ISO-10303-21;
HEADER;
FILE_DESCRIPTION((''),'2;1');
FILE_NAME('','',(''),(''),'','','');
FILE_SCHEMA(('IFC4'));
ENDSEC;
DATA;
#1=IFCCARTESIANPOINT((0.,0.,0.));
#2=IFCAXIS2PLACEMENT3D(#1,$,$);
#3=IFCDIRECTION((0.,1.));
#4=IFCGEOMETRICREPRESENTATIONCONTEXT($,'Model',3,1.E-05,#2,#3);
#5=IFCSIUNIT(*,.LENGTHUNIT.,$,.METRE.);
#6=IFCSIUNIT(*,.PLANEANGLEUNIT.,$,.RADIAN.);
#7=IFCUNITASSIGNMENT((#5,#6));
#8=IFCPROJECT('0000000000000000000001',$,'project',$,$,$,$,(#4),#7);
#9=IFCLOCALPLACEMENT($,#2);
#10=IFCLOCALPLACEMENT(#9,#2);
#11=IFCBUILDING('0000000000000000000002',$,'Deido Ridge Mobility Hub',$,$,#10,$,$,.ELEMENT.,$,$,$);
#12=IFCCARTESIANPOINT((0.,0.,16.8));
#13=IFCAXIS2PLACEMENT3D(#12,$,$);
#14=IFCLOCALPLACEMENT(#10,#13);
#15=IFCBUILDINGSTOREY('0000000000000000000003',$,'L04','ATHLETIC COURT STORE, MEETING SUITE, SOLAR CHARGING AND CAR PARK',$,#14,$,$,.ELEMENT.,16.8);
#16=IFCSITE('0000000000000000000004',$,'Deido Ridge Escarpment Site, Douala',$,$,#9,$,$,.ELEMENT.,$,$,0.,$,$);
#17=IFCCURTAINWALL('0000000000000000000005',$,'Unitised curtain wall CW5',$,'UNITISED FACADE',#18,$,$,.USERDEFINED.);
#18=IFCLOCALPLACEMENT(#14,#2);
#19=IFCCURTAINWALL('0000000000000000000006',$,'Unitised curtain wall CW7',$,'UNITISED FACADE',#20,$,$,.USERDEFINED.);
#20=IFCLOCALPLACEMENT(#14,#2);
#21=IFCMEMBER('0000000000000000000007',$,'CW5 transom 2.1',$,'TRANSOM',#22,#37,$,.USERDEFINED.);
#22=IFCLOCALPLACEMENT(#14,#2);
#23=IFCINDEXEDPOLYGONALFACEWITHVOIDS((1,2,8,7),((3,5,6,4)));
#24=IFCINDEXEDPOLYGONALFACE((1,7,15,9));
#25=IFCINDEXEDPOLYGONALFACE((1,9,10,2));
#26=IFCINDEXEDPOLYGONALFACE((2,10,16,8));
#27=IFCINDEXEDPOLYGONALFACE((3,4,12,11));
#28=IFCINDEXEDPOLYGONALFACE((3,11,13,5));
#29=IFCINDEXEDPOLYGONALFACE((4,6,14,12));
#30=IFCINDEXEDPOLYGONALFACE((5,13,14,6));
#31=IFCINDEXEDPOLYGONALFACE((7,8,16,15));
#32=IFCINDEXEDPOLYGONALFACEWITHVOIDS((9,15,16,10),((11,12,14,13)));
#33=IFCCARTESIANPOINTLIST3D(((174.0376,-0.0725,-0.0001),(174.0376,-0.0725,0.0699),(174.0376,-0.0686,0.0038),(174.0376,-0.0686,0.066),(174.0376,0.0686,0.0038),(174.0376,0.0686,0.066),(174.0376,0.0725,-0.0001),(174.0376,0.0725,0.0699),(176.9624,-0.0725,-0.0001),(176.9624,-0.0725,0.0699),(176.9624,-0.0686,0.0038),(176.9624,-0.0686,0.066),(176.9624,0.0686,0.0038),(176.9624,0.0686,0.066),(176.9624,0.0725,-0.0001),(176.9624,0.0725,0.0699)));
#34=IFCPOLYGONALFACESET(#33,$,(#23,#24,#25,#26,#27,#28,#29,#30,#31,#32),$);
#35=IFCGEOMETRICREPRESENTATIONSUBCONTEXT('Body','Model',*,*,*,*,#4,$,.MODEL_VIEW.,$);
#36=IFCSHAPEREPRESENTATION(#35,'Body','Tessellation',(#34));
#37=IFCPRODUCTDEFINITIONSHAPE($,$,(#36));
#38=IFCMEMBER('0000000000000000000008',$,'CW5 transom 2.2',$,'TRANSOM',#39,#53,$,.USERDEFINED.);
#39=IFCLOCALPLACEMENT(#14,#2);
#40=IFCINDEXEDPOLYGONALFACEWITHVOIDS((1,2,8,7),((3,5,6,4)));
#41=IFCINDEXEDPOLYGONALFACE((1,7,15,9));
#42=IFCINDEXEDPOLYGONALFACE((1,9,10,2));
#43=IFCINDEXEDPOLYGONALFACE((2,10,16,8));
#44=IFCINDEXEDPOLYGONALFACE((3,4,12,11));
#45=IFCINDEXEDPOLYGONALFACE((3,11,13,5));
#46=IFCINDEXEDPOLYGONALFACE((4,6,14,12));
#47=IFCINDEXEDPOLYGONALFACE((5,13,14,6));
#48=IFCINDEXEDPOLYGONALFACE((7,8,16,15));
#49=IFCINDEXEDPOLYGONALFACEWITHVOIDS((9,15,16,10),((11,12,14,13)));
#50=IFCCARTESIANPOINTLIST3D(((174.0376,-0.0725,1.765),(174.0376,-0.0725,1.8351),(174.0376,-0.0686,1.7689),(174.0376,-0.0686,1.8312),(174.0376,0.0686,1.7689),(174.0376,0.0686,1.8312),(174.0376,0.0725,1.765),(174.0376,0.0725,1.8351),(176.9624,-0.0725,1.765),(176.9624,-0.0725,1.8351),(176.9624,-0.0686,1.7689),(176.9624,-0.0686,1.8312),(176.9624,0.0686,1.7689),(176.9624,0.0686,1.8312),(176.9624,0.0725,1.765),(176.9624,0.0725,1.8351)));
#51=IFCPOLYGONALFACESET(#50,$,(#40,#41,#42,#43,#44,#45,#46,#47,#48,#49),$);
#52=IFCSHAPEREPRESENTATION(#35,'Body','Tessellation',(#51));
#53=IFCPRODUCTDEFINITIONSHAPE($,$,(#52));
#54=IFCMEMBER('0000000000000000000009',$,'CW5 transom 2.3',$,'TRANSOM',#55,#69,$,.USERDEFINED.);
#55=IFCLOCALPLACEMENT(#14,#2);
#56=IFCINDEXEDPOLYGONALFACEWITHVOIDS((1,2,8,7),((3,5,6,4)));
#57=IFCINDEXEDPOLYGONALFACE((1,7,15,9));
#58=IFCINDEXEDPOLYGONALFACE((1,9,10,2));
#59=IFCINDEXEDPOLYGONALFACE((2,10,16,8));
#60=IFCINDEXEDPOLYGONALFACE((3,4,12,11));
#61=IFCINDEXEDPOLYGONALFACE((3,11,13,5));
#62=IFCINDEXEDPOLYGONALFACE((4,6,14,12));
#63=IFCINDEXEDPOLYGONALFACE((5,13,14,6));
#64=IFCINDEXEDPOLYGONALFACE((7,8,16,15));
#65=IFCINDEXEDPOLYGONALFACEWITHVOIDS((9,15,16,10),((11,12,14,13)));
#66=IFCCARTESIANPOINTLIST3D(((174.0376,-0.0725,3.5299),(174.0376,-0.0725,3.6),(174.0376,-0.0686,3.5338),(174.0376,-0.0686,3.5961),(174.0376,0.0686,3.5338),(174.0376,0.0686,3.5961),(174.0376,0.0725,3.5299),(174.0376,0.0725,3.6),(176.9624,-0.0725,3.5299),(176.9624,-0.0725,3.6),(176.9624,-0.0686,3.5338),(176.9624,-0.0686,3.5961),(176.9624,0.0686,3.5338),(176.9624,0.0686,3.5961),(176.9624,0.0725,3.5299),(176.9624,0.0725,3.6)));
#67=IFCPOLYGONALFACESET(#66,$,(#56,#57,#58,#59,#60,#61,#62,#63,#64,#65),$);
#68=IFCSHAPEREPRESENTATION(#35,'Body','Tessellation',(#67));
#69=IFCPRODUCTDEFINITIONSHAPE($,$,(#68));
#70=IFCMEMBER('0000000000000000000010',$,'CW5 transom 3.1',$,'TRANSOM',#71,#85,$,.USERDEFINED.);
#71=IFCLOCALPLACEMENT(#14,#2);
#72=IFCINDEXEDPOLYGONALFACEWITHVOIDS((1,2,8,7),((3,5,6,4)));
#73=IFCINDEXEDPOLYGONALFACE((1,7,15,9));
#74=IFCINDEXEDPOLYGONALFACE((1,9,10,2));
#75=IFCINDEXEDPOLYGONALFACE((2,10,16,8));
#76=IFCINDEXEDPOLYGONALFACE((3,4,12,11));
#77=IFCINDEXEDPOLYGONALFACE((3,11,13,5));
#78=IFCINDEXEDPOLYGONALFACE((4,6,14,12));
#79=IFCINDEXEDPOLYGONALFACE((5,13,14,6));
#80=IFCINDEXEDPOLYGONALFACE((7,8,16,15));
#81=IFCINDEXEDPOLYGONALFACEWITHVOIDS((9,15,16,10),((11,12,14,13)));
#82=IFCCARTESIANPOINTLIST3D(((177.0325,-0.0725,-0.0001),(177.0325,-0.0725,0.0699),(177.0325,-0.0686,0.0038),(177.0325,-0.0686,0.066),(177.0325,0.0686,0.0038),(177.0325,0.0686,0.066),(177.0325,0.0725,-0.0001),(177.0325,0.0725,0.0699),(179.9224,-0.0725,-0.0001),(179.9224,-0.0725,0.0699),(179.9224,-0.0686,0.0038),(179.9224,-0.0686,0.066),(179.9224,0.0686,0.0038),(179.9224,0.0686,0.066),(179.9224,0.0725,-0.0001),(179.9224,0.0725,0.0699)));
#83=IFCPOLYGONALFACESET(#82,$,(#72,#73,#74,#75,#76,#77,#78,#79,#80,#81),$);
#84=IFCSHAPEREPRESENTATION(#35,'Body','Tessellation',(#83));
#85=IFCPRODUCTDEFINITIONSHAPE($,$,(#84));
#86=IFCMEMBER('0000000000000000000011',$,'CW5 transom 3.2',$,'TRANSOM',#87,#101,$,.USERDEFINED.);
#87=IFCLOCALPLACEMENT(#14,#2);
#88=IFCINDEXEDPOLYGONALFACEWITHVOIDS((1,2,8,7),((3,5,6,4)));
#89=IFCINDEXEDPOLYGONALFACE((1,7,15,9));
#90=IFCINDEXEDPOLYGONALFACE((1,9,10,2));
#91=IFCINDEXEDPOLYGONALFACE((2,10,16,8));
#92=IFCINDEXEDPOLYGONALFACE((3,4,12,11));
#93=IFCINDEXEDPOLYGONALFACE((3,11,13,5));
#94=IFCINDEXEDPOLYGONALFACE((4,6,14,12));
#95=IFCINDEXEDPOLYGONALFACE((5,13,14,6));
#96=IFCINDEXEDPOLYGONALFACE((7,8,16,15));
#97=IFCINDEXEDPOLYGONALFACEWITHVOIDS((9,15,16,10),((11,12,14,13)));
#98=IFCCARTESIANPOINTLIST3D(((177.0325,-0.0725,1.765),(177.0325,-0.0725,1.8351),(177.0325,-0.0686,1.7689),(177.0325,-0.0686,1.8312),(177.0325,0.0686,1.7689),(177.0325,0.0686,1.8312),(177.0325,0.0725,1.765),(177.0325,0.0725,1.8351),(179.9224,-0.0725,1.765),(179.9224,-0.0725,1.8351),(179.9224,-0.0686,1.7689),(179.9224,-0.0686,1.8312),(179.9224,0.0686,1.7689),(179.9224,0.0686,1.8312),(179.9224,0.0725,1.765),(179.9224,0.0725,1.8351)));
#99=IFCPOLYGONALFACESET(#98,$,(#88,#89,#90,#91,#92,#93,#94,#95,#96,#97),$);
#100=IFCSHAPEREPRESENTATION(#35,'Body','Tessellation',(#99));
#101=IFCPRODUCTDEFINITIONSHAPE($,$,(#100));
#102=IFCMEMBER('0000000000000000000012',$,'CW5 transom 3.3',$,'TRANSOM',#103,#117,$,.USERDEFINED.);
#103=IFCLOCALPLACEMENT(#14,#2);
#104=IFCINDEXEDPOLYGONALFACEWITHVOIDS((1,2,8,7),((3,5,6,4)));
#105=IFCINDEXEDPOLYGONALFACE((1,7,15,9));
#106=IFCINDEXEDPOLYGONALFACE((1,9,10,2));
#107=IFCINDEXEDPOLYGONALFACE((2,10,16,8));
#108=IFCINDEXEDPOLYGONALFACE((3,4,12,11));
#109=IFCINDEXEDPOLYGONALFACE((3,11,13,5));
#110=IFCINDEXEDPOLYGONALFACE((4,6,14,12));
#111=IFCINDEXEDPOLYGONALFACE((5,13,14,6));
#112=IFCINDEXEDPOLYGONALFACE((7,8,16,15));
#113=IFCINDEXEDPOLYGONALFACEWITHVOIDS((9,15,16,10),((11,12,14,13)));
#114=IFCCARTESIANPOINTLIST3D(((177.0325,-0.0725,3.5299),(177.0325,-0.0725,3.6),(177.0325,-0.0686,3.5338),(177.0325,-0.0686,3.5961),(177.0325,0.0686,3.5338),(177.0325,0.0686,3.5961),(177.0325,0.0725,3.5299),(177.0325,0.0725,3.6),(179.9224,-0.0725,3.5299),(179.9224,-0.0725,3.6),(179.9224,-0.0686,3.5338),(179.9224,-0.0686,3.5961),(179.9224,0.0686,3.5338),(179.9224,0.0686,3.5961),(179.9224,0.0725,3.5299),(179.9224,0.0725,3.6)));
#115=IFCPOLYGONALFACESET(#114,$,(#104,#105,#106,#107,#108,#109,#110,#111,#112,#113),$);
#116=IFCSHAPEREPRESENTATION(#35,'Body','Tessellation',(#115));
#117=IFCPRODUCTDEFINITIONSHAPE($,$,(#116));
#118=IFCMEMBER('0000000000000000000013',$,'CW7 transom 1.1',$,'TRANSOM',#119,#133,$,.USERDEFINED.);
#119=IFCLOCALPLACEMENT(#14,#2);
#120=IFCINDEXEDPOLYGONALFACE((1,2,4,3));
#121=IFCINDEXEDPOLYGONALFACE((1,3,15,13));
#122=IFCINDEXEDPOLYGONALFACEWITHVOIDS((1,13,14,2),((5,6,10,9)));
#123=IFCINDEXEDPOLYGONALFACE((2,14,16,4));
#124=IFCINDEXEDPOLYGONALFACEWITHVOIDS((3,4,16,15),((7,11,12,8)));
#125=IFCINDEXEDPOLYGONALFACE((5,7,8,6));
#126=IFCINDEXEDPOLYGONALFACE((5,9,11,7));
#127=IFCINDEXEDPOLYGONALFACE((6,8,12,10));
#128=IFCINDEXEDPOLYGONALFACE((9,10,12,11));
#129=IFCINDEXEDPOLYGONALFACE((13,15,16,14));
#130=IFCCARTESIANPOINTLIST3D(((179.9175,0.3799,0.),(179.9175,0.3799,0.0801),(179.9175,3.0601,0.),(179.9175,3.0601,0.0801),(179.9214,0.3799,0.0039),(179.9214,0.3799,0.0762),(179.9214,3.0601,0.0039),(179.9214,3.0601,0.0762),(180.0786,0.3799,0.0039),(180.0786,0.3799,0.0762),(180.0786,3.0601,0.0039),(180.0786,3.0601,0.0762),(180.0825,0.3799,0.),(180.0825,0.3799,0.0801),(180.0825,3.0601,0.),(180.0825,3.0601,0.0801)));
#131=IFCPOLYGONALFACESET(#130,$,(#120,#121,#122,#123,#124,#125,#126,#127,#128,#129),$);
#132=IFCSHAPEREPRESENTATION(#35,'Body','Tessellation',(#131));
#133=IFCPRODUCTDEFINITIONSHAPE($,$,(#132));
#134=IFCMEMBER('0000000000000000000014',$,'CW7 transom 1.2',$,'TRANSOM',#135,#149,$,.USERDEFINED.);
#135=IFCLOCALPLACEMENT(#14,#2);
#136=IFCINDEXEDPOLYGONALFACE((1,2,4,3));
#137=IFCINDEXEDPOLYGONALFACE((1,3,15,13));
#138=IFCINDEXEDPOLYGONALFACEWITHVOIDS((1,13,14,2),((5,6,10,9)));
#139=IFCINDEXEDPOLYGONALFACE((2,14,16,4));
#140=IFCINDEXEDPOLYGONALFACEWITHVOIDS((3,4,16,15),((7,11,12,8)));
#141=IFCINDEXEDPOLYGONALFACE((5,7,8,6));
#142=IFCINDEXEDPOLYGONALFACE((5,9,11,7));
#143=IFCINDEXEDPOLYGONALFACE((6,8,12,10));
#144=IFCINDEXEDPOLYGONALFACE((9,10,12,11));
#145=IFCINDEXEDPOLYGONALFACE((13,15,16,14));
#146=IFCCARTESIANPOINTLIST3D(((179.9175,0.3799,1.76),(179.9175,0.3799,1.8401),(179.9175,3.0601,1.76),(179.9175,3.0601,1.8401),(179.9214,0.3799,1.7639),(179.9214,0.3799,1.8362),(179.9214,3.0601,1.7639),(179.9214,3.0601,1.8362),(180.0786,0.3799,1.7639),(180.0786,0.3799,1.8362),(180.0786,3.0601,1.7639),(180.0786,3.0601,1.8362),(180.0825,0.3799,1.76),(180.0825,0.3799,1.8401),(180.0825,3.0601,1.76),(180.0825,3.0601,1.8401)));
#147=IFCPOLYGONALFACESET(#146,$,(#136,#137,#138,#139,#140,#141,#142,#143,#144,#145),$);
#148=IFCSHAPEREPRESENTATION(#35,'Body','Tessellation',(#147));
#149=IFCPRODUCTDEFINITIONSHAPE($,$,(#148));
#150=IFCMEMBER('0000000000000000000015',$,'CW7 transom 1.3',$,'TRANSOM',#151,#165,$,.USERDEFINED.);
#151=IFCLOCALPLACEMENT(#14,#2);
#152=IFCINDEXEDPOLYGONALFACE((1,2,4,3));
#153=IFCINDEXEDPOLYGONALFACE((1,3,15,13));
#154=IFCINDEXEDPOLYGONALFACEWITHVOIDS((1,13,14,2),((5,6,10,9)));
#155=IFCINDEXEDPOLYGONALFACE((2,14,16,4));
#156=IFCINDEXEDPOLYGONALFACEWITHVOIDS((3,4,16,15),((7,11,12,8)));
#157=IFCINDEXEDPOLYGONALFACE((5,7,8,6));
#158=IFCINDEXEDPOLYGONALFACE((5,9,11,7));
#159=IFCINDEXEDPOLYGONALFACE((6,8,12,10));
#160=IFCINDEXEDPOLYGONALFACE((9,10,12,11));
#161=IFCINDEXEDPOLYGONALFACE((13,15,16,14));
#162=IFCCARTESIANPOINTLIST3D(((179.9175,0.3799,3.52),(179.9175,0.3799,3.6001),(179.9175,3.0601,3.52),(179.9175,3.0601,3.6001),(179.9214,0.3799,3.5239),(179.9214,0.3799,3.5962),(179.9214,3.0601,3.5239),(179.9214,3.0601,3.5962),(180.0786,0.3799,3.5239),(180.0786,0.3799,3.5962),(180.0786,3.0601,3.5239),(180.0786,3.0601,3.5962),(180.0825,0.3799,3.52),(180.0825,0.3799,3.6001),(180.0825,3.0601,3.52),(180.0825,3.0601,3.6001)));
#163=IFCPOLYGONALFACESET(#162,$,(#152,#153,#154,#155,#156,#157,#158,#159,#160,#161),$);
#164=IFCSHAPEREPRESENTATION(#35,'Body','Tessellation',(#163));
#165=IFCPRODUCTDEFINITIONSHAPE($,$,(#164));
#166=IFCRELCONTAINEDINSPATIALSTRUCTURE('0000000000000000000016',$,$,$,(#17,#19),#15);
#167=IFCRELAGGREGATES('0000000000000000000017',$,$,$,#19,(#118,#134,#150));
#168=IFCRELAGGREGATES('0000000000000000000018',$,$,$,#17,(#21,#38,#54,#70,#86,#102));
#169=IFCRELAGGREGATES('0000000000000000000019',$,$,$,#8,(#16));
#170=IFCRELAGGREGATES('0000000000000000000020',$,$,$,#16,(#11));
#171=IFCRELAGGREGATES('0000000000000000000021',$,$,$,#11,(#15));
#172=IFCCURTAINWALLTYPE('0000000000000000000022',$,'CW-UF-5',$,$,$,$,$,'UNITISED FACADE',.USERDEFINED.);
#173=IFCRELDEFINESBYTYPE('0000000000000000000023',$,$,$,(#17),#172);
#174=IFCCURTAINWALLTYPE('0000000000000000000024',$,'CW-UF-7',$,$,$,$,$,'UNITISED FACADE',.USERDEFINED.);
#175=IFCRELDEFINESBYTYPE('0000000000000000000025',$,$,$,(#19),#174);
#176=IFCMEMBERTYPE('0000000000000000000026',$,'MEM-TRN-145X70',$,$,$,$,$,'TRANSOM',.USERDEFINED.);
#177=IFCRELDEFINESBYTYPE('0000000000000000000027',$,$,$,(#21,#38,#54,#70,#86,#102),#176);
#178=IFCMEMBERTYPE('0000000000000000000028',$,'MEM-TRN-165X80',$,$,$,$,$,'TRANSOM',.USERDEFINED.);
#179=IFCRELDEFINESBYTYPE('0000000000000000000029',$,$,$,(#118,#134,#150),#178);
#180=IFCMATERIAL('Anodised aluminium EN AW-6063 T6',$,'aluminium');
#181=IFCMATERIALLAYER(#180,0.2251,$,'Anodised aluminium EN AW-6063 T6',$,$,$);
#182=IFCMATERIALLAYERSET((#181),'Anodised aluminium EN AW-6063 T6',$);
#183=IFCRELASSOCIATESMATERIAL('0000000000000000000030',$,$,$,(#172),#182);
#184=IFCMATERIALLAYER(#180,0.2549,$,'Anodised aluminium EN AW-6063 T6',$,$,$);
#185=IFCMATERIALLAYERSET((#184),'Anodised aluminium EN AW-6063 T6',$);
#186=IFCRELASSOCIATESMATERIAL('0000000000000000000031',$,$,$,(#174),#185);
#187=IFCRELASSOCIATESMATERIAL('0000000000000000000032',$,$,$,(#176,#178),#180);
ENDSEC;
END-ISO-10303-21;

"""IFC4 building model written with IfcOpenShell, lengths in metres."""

from ifc_helpers import new_model, si_unit, direction, frame, origin, origin_2d, place, context, subcontext, project, spatial, hollow_rectangle, extrude, material, layer, layer_set, material_profile, profile_set, type_object, element, aggregate, save


model = new_model("IFC4")

# Units and contexts
model_context = context("Model", 3, precision=1e-05, world=origin(), true_north=direction((0.0, 1.0)))
body_context = subcontext(model_context, "Body", "Model", "MODEL_VIEW")
ifc_project = project(units=[si_unit("LENGTHUNIT", "METRE"), si_unit("PLANEANGLEUNIT", "RADIAN")], contexts=[model_context])

# Site, building, storey
site_placement = place(None, origin())
site = spatial("IfcSite", under=ifc_project, at=site_placement, Name="Deido Ridge Escarpment Site, Douala", CompositionType="ELEMENT", RefElevation=0.0)
building_placement = place(site_placement, origin())
building = spatial("IfcBuilding", under=site, at=building_placement, Name="Deido Ridge Mobility Hub", CompositionType="ELEMENT")
storey_placement = place(building_placement, frame((0.0, 0.0, 16.8)))
storey = spatial("IfcBuildingStorey", under=building, at=storey_placement, Name="L04", Description="ATHLETIC COURT STORE, MEETING SUITE, SOLAR CHARGING AND CAR PARK", CompositionType="ELEMENT", Elevation=16.8)

# Curtain wall
ifc_material_1 = material(Name="Anodised aluminium EN AW-6063 T6", Category="aluminium")
ifc_layer_1 = layer(ifc_material_1, 0.2251, Name="Anodised aluminium EN AW-6063 T6")
ifc_layer_set_1 = layer_set([ifc_layer_1], Name="Anodised aluminium EN AW-6063 T6")
curtain_wall_type_1 = type_object("IfcCurtainWallType", Name="CW-UF-5", ElementType="UNITISED FACADE", PredefinedType="USERDEFINED", material=ifc_layer_set_1)
curtain_wall_1_placement = place(storey_placement, origin())
curtain_wall_1 = element("IfcCurtainWall", 1, at=curtain_wall_1_placement, inside=storey, type_object=curtain_wall_type_1, Name="Unitised curtain wall CW5", ObjectType="UNITISED FACADE", PredefinedType="USERDEFINED")

# Curtain wall
ifc_layer_2 = layer(ifc_material_1, 0.2549, Name="Anodised aluminium EN AW-6063 T6")
ifc_layer_set_2 = layer_set([ifc_layer_2], Name="Anodised aluminium EN AW-6063 T6")
curtain_wall_type_2 = type_object("IfcCurtainWallType", Name="CW-UF-7", ElementType="UNITISED FACADE", PredefinedType="USERDEFINED", material=ifc_layer_set_2)
curtain_wall_2_placement = place(storey_placement, origin())
curtain_wall_2 = element("IfcCurtainWall", 2, at=curtain_wall_2_placement, inside=storey, type_object=curtain_wall_type_2, Name="Unitised curtain wall CW7", ObjectType="UNITISED FACADE", PredefinedType="USERDEFINED")

# Members
ifc_material_profile_1 = material_profile(ifc_material_1, hollow_rectangle(XDim=0.145, YDim=0.0701, WallThickness=0.0039, at=origin_2d()), Name="RHS 145x70x4")
ifc_profile_set_1 = profile_set([ifc_material_profile_1], Name="Anodised aluminium EN AW-6063 T6")
member_type_1 = type_object("IfcMemberType", Name="MEM-TRN-145X70", ElementType="TRANSOM", PredefinedType="USERDEFINED", material=ifc_profile_set_1)
member_1_placement = place(storey_placement, frame((174.0376, 0.0, 0.0349), z_axis=(1.0, 0.0, 0.0), x_axis=(0.0, 1.0, 0.0)))
member_1 = element("IfcMember", 3, at=member_1_placement, type_object=member_type_1, Name="CW5 transom 2.1", ObjectType="TRANSOM", PredefinedType="USERDEFINED", context=body_context, shape_type="SweptSolid", body=[
    extrude(hollow_rectangle(XDim=0.145, YDim=0.0701, WallThickness=0.0039, at=origin_2d()), origin(), (0.0, 0.0, 1.0), 2.9248),
])
member_2_placement = place(storey_placement, frame((174.0376, 0.0, 1.8), z_axis=(1.0, 0.0, 0.0), x_axis=(0.0, 1.0, 0.0)))
member_2 = element("IfcMember", 4, at=member_2_placement, type_object=member_type_1, Name="CW5 transom 2.2", ObjectType="TRANSOM", PredefinedType="USERDEFINED", context=body_context, shape_type="SweptSolid", body=[
    extrude(hollow_rectangle(XDim=0.145, YDim=0.0701, WallThickness=0.0039, at=origin_2d()), origin(), (0.0, 0.0, 1.0), 2.9248),
])
member_3_placement = place(storey_placement, frame((174.0376, 0.0, 3.5649), z_axis=(1.0, 0.0, 0.0), x_axis=(0.0, 1.0, 0.0)))
member_3 = element("IfcMember", 5, at=member_3_placement, type_object=member_type_1, Name="CW5 transom 2.3", ObjectType="TRANSOM", PredefinedType="USERDEFINED", context=body_context, shape_type="SweptSolid", body=[
    extrude(hollow_rectangle(XDim=0.145, YDim=0.0701, WallThickness=0.0039, at=origin_2d()), origin(), (0.0, 0.0, 1.0), 2.9248),
])
member_4_placement = place(storey_placement, frame((177.0325, 0.0, 0.0349), z_axis=(1.0, 0.0, 0.0), x_axis=(0.0, 1.0, 0.0)))
member_4 = element("IfcMember", 6, at=member_4_placement, type_object=member_type_1, Name="CW5 transom 3.1", ObjectType="TRANSOM", PredefinedType="USERDEFINED", context=body_context, shape_type="SweptSolid", body=[
    extrude(hollow_rectangle(XDim=0.145, YDim=0.0701, WallThickness=0.0039, at=origin_2d()), origin(), (0.0, 0.0, 1.0), 2.8899),
])
member_5_placement = place(storey_placement, frame((177.0325, 0.0, 1.8), z_axis=(1.0, 0.0, 0.0), x_axis=(0.0, 1.0, 0.0)))
member_5 = element("IfcMember", 7, at=member_5_placement, type_object=member_type_1, Name="CW5 transom 3.2", ObjectType="TRANSOM", PredefinedType="USERDEFINED", context=body_context, shape_type="SweptSolid", body=[
    extrude(hollow_rectangle(XDim=0.145, YDim=0.0701, WallThickness=0.0039, at=origin_2d()), origin(), (0.0, 0.0, 1.0), 2.8899),
])
member_6_placement = place(storey_placement, frame((177.0325, 0.0, 3.5649), z_axis=(1.0, 0.0, 0.0), x_axis=(0.0, 1.0, 0.0)))
member_6 = element("IfcMember", 8, at=member_6_placement, type_object=member_type_1, Name="CW5 transom 3.3", ObjectType="TRANSOM", PredefinedType="USERDEFINED", context=body_context, shape_type="SweptSolid", body=[
    extrude(hollow_rectangle(XDim=0.145, YDim=0.0701, WallThickness=0.0039, at=origin_2d()), origin(), (0.0, 0.0, 1.0), 2.8899),
])
ifc_material_profile_2 = material_profile(ifc_material_1, hollow_rectangle(XDim=0.165, YDim=0.0801, WallThickness=0.0039, at=origin_2d()), Name="RHS 165x80x4")
ifc_profile_set_2 = profile_set([ifc_material_profile_2], Name="Anodised aluminium EN AW-6063 T6")
member_type_2 = type_object("IfcMemberType", Name="MEM-TRN-165X80", ElementType="TRANSOM", PredefinedType="USERDEFINED", material=ifc_profile_set_2)
member_7_placement = place(storey_placement, frame((180.0, 0.3799, 0.04), z_axis=(0.0, 1.0, 0.0), x_axis=(-1.0, 0.0, 0.0)))
member_7 = element("IfcMember", 9, at=member_7_placement, type_object=member_type_2, Name="CW7 transom 1.1", ObjectType="TRANSOM", PredefinedType="USERDEFINED", context=body_context, shape_type="SweptSolid", body=[
    extrude(hollow_rectangle(XDim=0.165, YDim=0.0801, WallThickness=0.0039, at=origin_2d()), origin(), (0.0, 0.0, 1.0), 2.6802),
])
member_8_placement = place(storey_placement, frame((180.0, 0.3799, 1.8), z_axis=(0.0, 1.0, 0.0), x_axis=(-1.0, 0.0, 0.0)))
member_8 = element("IfcMember", 10, at=member_8_placement, type_object=member_type_2, Name="CW7 transom 1.2", ObjectType="TRANSOM", PredefinedType="USERDEFINED", context=body_context, shape_type="SweptSolid", body=[
    extrude(hollow_rectangle(XDim=0.165, YDim=0.0801, WallThickness=0.0039, at=origin_2d()), origin(), (0.0, 0.0, 1.0), 2.6802),
])
member_9_placement = place(storey_placement, frame((180.0, 0.3799, 3.5601), z_axis=(0.0, 1.0, 0.0), x_axis=(-1.0, 0.0, 0.0)))
member_9 = element("IfcMember", 11, at=member_9_placement, type_object=member_type_2, Name="CW7 transom 1.3", ObjectType="TRANSOM", PredefinedType="USERDEFINED", context=body_context, shape_type="SweptSolid", body=[
    extrude(hollow_rectangle(XDim=0.165, YDim=0.0801, WallThickness=0.0039, at=origin_2d()), origin(), (0.0, 0.0, 1.0), 2.6802),
])
aggregate(curtain_wall_2, [member_7, member_8, member_9])

aggregate(curtain_wall_1, [member_1, member_2, member_3, member_4, member_5, member_6])

save(model, "model.ifc")
